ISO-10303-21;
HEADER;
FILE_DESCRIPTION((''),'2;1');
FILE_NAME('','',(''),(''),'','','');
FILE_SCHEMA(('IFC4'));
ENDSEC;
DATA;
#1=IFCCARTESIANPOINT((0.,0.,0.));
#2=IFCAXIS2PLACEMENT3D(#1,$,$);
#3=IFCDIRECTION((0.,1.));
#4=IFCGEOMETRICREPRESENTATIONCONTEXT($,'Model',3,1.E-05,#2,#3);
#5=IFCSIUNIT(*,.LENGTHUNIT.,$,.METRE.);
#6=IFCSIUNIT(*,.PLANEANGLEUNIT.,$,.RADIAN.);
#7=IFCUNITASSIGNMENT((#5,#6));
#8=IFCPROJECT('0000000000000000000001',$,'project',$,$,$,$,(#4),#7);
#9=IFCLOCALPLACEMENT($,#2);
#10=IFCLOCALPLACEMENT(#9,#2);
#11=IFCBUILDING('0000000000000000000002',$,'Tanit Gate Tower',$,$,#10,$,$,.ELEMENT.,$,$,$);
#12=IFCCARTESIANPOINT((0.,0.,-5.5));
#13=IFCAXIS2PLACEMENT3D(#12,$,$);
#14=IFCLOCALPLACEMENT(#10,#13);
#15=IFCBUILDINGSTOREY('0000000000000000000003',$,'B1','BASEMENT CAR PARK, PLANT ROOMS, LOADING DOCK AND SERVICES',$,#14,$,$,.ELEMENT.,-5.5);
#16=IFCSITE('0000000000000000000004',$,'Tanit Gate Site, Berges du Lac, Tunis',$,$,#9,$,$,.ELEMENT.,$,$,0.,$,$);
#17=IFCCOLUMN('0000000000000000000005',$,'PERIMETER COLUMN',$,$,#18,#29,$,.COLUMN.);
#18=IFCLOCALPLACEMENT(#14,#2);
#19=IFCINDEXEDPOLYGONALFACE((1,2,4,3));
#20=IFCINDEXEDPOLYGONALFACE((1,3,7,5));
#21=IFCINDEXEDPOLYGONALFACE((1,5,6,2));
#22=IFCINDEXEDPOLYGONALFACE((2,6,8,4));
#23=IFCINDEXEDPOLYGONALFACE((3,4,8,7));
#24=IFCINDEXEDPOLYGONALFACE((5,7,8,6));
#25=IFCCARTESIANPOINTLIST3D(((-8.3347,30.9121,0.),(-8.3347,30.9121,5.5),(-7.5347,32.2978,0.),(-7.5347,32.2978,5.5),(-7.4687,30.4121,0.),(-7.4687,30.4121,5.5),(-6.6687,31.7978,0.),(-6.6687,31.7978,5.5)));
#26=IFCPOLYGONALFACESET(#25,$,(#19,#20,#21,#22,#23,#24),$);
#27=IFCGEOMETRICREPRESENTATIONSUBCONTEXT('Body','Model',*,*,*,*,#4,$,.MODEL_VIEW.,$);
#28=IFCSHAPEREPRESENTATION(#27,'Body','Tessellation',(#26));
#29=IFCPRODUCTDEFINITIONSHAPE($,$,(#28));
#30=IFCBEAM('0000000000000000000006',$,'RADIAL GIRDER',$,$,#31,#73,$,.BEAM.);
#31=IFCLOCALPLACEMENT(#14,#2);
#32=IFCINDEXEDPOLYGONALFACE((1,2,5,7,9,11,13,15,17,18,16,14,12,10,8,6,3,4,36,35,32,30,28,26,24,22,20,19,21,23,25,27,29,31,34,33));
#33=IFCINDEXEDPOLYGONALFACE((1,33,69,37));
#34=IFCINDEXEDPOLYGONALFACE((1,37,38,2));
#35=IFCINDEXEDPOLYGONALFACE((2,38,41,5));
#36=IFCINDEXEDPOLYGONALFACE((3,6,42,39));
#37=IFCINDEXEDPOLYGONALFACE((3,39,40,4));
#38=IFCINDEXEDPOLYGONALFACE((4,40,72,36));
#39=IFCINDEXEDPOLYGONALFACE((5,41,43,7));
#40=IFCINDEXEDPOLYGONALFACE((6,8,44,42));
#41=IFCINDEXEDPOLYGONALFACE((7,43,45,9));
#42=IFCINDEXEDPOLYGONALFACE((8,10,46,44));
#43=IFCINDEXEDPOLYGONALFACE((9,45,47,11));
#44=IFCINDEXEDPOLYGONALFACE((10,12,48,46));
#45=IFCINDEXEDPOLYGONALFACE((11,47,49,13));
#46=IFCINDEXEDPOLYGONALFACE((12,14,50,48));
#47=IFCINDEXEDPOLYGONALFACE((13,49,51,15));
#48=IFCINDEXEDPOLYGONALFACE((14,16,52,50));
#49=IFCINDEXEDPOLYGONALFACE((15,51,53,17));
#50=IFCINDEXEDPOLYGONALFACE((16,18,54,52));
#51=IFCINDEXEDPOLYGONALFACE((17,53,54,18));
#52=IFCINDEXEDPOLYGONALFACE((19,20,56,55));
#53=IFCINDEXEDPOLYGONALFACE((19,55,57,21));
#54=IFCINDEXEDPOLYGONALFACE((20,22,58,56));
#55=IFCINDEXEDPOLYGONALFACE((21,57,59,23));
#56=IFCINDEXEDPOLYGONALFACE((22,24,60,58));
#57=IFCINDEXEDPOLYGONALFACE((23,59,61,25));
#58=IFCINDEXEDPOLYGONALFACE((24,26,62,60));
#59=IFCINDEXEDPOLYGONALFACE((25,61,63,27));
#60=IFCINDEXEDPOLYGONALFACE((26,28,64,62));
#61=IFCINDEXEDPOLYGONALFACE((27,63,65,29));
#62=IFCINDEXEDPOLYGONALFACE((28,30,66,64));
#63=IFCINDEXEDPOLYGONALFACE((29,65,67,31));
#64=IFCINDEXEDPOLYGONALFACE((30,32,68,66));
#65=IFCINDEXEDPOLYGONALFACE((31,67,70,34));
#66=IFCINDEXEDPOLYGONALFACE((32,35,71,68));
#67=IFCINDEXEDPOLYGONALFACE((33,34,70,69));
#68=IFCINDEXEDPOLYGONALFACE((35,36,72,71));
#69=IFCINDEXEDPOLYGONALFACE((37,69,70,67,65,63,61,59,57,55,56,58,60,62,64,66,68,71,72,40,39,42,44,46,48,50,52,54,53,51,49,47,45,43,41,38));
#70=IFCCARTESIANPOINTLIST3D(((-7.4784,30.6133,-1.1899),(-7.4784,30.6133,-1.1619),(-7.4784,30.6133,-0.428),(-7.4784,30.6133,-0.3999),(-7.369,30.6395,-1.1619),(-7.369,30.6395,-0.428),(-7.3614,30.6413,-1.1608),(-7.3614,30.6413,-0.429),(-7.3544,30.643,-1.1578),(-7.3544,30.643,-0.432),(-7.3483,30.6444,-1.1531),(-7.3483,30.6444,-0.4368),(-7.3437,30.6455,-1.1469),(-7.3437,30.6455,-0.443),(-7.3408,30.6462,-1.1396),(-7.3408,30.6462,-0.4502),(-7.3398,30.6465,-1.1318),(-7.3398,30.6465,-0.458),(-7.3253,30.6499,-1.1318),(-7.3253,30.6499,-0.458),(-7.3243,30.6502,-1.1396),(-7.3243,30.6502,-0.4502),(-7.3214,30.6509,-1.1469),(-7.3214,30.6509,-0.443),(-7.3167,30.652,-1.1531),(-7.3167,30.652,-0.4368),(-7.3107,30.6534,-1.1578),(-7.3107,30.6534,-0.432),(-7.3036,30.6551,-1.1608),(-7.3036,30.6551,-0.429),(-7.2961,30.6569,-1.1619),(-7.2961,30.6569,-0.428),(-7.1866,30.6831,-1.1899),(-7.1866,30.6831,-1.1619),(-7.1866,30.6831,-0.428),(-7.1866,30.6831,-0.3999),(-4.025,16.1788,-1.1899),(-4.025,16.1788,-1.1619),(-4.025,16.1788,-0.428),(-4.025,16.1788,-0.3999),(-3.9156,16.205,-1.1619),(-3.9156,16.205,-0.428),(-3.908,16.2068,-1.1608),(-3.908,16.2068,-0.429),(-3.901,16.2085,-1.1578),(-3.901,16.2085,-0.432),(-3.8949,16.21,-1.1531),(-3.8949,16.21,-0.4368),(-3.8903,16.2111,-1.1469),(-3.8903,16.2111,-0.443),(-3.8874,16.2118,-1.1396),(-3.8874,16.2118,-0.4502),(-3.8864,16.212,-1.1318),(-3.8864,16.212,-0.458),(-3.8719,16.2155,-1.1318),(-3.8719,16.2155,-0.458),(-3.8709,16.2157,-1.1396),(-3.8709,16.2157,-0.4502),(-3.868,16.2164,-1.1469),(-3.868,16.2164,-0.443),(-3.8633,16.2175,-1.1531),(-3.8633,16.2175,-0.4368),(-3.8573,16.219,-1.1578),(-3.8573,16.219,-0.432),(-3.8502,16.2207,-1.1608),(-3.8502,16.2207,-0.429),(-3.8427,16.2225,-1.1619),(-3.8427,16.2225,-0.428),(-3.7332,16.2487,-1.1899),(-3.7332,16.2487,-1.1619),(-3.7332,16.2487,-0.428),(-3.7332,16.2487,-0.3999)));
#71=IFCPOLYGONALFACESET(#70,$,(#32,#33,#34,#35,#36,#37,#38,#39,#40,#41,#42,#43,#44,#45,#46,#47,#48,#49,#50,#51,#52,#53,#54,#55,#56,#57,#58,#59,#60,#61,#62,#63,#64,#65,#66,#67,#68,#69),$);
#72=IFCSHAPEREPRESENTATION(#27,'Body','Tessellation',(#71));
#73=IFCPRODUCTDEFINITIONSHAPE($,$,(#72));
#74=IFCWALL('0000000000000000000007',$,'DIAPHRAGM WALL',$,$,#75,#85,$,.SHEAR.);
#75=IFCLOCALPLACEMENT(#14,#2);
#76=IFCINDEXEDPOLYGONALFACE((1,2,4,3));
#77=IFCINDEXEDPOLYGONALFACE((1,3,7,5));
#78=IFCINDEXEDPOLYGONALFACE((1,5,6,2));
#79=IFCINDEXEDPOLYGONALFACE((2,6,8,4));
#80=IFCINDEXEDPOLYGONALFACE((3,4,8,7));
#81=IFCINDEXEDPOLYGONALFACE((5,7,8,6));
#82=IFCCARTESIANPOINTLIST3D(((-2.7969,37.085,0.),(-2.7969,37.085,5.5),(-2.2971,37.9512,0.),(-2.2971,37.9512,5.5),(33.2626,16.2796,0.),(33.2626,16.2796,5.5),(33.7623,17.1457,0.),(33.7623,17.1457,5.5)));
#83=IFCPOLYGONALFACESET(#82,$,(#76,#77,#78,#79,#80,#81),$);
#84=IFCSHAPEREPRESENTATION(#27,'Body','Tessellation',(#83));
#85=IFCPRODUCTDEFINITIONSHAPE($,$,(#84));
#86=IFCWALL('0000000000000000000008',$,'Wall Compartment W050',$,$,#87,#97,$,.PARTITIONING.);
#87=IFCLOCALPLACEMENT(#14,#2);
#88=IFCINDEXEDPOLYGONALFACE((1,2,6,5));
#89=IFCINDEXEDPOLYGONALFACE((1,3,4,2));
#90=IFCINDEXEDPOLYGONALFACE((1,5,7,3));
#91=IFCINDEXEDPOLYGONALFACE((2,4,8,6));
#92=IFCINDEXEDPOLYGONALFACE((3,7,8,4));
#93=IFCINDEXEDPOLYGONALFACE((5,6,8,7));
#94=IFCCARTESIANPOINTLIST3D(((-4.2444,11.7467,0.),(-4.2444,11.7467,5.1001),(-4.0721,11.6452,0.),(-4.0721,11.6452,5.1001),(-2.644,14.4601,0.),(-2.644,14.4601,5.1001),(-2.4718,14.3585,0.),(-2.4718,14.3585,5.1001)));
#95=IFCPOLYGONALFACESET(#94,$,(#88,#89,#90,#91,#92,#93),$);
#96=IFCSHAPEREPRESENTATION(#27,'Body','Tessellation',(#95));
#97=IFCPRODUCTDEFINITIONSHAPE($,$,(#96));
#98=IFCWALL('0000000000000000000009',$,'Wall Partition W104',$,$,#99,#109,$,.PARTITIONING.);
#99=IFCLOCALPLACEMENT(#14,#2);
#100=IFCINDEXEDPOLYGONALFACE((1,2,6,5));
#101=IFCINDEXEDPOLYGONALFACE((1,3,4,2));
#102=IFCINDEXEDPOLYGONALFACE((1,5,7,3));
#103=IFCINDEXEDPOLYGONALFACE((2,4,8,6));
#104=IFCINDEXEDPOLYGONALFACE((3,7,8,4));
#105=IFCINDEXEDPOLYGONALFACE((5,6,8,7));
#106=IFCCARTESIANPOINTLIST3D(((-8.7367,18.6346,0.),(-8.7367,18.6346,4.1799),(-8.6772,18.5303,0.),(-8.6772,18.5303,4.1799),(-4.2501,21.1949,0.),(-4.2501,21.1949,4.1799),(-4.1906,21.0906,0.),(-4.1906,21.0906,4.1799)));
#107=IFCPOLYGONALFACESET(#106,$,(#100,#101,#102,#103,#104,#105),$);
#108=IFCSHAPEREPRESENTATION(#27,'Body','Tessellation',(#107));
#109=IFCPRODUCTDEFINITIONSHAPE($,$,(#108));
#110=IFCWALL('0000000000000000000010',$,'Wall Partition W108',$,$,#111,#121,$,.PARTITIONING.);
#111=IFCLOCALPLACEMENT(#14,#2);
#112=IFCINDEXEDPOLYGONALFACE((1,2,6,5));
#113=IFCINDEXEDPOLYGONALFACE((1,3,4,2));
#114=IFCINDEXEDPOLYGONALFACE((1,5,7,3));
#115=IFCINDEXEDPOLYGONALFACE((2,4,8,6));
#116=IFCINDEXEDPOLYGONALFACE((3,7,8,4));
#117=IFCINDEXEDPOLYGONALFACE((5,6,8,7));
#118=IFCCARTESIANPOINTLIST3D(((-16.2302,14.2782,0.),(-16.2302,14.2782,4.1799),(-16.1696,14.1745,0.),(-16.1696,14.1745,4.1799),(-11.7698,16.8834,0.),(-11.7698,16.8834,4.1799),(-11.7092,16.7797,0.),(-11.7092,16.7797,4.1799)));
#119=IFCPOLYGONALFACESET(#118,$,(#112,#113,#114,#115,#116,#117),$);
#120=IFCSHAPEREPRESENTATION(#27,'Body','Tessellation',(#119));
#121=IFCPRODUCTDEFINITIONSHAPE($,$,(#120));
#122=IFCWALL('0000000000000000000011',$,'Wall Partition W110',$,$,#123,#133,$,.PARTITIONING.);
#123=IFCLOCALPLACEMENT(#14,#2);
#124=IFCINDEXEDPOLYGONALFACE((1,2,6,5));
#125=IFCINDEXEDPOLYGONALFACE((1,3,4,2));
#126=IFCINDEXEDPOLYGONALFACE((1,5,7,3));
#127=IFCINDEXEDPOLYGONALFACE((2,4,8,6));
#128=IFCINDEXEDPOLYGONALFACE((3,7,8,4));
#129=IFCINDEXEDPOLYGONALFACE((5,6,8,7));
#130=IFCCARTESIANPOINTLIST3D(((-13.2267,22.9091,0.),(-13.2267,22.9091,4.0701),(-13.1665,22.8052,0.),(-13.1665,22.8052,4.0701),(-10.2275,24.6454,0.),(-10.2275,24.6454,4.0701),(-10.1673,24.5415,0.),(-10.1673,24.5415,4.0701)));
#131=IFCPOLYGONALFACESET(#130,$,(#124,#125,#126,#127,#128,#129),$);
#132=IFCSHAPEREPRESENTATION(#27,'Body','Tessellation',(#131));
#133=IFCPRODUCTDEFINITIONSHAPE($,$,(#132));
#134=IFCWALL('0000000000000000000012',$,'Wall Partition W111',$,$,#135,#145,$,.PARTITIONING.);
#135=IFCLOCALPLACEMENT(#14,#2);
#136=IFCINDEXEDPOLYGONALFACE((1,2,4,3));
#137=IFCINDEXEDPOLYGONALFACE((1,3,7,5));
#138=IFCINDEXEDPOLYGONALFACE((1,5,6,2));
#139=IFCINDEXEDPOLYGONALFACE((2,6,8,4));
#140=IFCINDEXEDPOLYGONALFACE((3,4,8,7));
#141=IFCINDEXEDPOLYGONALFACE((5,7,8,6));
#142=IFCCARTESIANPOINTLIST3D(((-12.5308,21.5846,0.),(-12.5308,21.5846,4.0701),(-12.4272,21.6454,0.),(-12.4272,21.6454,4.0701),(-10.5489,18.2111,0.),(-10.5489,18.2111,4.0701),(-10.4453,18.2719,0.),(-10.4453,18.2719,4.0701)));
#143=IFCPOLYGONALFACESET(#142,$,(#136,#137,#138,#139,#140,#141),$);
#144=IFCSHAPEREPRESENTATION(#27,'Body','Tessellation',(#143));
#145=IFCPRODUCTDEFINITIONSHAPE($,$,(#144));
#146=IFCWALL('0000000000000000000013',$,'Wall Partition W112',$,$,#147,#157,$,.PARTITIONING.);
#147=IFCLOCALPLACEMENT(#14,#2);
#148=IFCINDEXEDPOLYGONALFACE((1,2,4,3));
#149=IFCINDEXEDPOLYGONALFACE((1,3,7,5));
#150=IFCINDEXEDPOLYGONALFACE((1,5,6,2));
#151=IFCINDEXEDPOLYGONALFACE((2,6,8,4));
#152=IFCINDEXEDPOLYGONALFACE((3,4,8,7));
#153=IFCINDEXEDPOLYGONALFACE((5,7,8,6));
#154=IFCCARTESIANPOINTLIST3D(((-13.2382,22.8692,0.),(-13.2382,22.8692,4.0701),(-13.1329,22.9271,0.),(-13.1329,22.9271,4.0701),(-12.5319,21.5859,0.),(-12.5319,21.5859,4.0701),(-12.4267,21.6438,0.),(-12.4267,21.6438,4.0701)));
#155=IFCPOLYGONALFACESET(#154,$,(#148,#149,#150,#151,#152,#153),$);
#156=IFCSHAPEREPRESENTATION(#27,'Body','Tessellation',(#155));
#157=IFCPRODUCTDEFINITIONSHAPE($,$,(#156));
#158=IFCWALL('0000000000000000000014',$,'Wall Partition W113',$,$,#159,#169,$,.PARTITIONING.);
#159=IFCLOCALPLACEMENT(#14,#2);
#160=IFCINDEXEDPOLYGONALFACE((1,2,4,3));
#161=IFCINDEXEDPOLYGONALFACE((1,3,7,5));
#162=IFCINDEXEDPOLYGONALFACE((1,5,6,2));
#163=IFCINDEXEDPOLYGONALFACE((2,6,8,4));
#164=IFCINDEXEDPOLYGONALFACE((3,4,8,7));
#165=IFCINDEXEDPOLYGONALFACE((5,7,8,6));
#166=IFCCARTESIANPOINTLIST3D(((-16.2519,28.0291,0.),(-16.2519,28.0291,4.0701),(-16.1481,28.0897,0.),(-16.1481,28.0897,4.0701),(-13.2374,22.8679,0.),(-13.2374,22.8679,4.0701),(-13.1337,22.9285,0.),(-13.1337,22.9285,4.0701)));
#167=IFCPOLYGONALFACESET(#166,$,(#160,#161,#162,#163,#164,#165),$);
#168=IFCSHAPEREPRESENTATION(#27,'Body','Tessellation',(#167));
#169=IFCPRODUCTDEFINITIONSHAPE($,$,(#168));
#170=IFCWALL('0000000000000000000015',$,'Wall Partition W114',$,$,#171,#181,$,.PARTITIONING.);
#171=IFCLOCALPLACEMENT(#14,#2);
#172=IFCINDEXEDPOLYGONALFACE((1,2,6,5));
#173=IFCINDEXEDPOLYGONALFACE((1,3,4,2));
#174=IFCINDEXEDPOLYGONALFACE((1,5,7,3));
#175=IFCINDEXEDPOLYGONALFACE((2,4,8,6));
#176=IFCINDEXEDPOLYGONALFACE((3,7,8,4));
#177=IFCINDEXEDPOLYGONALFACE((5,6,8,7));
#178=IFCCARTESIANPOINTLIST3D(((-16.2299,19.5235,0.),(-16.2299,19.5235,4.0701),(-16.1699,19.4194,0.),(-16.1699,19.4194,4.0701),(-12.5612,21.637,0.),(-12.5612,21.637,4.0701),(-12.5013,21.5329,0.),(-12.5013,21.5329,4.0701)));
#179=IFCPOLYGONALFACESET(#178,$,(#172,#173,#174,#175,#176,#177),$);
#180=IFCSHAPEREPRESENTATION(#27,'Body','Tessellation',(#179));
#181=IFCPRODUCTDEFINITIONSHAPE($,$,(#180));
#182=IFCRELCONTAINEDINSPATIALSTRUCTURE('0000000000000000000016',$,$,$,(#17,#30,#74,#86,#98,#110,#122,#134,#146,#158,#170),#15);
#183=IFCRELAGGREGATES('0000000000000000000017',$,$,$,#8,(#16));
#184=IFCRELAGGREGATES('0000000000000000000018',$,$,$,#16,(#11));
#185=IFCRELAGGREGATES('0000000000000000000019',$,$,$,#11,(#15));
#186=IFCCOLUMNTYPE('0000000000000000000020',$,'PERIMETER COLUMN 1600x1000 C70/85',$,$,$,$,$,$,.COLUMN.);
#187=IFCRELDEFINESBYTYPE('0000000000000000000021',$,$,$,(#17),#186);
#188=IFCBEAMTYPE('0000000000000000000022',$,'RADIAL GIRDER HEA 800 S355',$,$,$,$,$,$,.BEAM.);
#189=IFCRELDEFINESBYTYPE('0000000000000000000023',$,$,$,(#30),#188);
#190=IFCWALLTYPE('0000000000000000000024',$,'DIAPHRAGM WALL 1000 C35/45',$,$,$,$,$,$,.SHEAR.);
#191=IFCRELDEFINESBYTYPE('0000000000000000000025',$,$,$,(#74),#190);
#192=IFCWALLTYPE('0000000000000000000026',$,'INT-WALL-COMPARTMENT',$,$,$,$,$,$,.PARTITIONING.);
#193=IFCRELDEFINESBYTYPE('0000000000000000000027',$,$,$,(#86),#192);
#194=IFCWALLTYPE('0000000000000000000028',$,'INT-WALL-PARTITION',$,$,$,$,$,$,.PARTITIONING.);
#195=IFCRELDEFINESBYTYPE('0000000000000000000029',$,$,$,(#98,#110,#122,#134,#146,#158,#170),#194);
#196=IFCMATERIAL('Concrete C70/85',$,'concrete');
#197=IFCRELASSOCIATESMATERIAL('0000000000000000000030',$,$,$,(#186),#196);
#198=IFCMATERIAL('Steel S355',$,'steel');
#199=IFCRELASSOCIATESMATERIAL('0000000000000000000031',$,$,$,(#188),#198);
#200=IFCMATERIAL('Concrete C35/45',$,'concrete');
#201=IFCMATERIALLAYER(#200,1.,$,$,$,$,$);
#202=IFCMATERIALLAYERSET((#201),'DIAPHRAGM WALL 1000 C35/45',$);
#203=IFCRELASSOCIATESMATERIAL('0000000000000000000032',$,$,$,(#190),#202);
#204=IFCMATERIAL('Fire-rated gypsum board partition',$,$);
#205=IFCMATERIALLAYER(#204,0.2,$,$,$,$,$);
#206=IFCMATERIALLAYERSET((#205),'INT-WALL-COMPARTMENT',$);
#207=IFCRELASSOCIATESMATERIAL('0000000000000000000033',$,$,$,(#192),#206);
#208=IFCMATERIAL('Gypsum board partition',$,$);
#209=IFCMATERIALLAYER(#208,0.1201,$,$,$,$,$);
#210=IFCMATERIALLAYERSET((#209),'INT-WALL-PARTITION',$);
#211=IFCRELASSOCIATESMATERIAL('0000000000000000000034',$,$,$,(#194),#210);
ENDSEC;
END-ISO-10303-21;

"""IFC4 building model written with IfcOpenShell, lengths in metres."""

from ifc_helpers import new_model, si_unit, direction, frame, frame_2d, origin, origin_2d, place, context, subcontext, project, spatial, rectangle, i_section, extrude, material, layer, layer_set, material_profile, profile_set, type_object, element, save


model = new_model("IFC4")

# Units and contexts
model_context = context("Model", 3, precision=1e-05, world=origin(), true_north=direction((0.0, 1.0)))
body_context = subcontext(model_context, "Body", "Model", "MODEL_VIEW")
ifc_project = project(units=[si_unit("LENGTHUNIT", "METRE"), si_unit("PLANEANGLEUNIT", "RADIAN")], contexts=[model_context])

# Site, building, storey
site_placement = place(None, origin())
site = spatial("IfcSite", under=ifc_project, at=site_placement, Name="Tanit Gate Site, Berges du Lac, Tunis", CompositionType="ELEMENT", RefElevation=0.0)
building_placement = place(site_placement, origin())
building = spatial("IfcBuilding", under=site, at=building_placement, Name="Tanit Gate Tower", CompositionType="ELEMENT")
storey_placement = place(building_placement, frame((0.0, 0.0, -5.5)))
storey = spatial("IfcBuildingStorey", under=building, at=storey_placement, Name="B1", Description="BASEMENT CAR PARK, PLANT ROOMS, LOADING DOCK AND SERVICES", CompositionType="ELEMENT", Elevation=-5.5)

# Column
ifc_material_1 = material(Name="Concrete C70/85", Category="concrete")
ifc_material_profile_1 = material_profile(ifc_material_1, rectangle(XDim=1.6001, YDim=1.0, at=origin_2d()), Name="RC 1600x1000")
ifc_profile_set_1 = profile_set([ifc_material_profile_1], Name="Concrete C70/85")
column_type = type_object("IfcColumnType", Name="PERIMETER COLUMN 1600x1000 C70/85", PredefinedType="COLUMN", material=ifc_profile_set_1)
column_placement = place(storey_placement, frame((-7.5017, 31.355, 0.0), z_axis=(0.0, 0.0, 1.0), x_axis=(0.5, 0.866025, 0.0)))
element("IfcColumn", 1, at=column_placement, inside=storey, type_object=column_type, Name="PERIMETER COLUMN", PredefinedType="COLUMN", context=body_context, shape_type="SweptSolid", body=[
    extrude(rectangle(XDim=1.6001, YDim=1.0, at=origin_2d()), origin(), (0.0, 0.0, 1.0), 5.5),
])

# Beam
ifc_material_2 = material(Name="Steel S355", Category="steel")
ifc_material_profile_2 = material_profile(ifc_material_2, i_section(OverallWidth=0.3, OverallDepth=0.79, WebThickness=0.0149, FlangeThickness=0.0281, FilletRadius=0.03, at=origin_2d()), Name="HEA 800")
ifc_profile_set_2 = profile_set([ifc_material_profile_2], Name="Steel S355")
beam_type = type_object("IfcBeamType", Name="RADIAL GIRDER HEA 800 S355", PredefinedType="BEAM", material=ifc_profile_set_2)
beam_placement = place(storey_placement, frame((-7.3325, 30.6482, -0.7949), z_axis=(0.23268, -0.972553, 0.0), x_axis=(0.972553, 0.23268, 0.0)))
element("IfcBeam", 2, at=beam_placement, inside=storey, type_object=beam_type, Name="RADIAL GIRDER", PredefinedType="BEAM", context=body_context, shape_type="SweptSolid", body=[
    extrude(i_section(OverallWidth=0.3, OverallDepth=0.79, WebThickness=0.0149, FlangeThickness=0.0281, FilletRadius=0.03, at=origin_2d()), origin(), (0.0, 0.0, 1.0), 14.8418),
])

# Walls
ifc_material_3 = material(Name="Concrete C35/45", Category="concrete")
ifc_layer_1 = layer(ifc_material_3, 1.0)
ifc_layer_set_1 = layer_set([ifc_layer_1], Name="DIAPHRAGM WALL 1000 C35/45")
wall_type_1 = type_object("IfcWallType", Name="DIAPHRAGM WALL 1000 C35/45", PredefinedType="SHEAR", material=ifc_layer_set_1)
wall_1_placement = place(storey_placement, frame((-2.5469, 37.5181, 0.0), z_axis=(0.0, 0.0, 1.0), x_axis=(0.866165, -0.499758, 0.0)))
element("IfcWall", 3, at=wall_1_placement, inside=storey, type_object=wall_type_1, Name="DIAPHRAGM WALL", PredefinedType="SHEAR", context=body_context, shape_type="SweptSolid", body=[
    extrude(rectangle(XDim=41.6311, YDim=1.0, at=frame_2d((20.8154, 0.0))), origin(), (0.0, 0.0, 1.0), 5.5),
])
ifc_material_4 = material(Name="Fire-rated gypsum board partition")
ifc_layer_2 = layer(ifc_material_4, 0.2)
ifc_layer_set_2 = layer_set([ifc_layer_2], Name="INT-WALL-COMPARTMENT")
wall_type_2 = type_object("IfcWallType", Name="INT-WALL-COMPARTMENT", PredefinedType="PARTITIONING", material=ifc_layer_set_2)
wall_2_placement = place(storey_placement, frame((-2.5579, 14.4094, 0.0), z_axis=(0.0, 0.0, 1.0), x_axis=(-0.508019, -0.861346, 0.0)))
element("IfcWall", 4, at=wall_2_placement, inside=storey, type_object=wall_type_2, Name="Wall Compartment W050", PredefinedType="PARTITIONING", context=body_context, shape_type="SweptSolid", body=[
    extrude(rectangle(XDim=3.1501, YDim=0.2, at=frame_2d((1.5752, 0.0))), origin(), (0.0, 0.0, 1.0), 5.1001),
])
ifc_material_5 = material(Name="Gypsum board partition")
ifc_layer_3 = layer(ifc_material_5, 0.1201)
ifc_layer_set_3 = layer_set([ifc_layer_3], Name="INT-WALL-PARTITION")
wall_type_3 = type_object("IfcWallType", Name="INT-WALL-PARTITION", PredefinedType="PARTITIONING", material=ifc_layer_set_3)
wall_3_placement = place(storey_placement, frame((-4.2202, 21.1428, 0.0), z_axis=(0.0, 0.0, 1.0), x_axis=(-0.868531, -0.495635, 0.0)))
element("IfcWall", 5, at=wall_3_placement, inside=storey, type_object=wall_type_3, Name="Wall Partition W104", PredefinedType="PARTITIONING", context=body_context, shape_type="SweptSolid", body=[
    extrude(rectangle(XDim=5.1658, YDim=0.1201, at=frame_2d((2.583, 0.0))), origin(), (0.0, 0.0, 1.0), 4.1799),
])
wall_4_placement = place(storey_placement, frame((-11.7395, 16.8315, 0.0), z_axis=(0.0, 0.0, 1.0), x_axis=(-0.863501, -0.504347, 0.0)))
element("IfcWall", 6, at=wall_4_placement, inside=storey, type_object=wall_type_3, Name="Wall Partition W108", PredefinedType="PARTITIONING", context=body_context, shape_type="SweptSolid", body=[
    extrude(rectangle(XDim=5.1655, YDim=0.1201, at=frame_2d((2.5828, 0.0))), origin(), (0.0, 0.0, 1.0), 4.1799),
])
wall_5_placement = place(storey_placement, frame((-10.1973, 24.5935, 0.0), z_axis=(0.0, 0.0, 1.0), x_axis=(-0.865438, -0.501017, 0.0)))
element("IfcWall", 7, at=wall_5_placement, inside=storey, type_object=wall_type_3, Name="Wall Partition W110", PredefinedType="PARTITIONING", context=body_context, shape_type="SweptSolid", body=[
    extrude(rectangle(XDim=3.4656, YDim=0.1201, at=frame_2d((1.7329, 0.0))), origin(), (0.0, 0.0, 1.0), 4.0701),
])
wall_6_placement = place(storey_placement, frame((-12.479, 21.615, 0.0), z_axis=(0.0, 0.0, 1.0), x_axis=(0.506546, -0.862213, 0.0)))
element("IfcWall", 8, at=wall_6_placement, inside=storey, type_object=wall_type_3, Name="Wall Partition W111", PredefinedType="PARTITIONING", context=body_context, shape_type="SweptSolid", body=[
    extrude(rectangle(XDim=3.9126, YDim=0.1201, at=frame_2d((1.9563, 0.0))), origin(), (0.0, 0.0, 1.0), 4.0701),
])
wall_7_placement = place(storey_placement, frame((-13.1855, 22.8982, 0.0), z_axis=(0.0, 0.0, 1.0), x_axis=(0.48213, -0.8761, 0.0)))
element("IfcWall", 9, at=wall_7_placement, inside=storey, type_object=wall_type_3, Name="Wall Partition W112", PredefinedType="PARTITIONING", context=body_context, shape_type="SweptSolid", body=[
    extrude(rectangle(XDim=1.4648, YDim=0.1201, at=frame_2d((0.7324, 0.0))), origin(), (0.0, 0.0, 1.0), 4.0701),
])
wall_8_placement = place(storey_placement, frame((-13.1855, 22.8982, 0.0), z_axis=(0.0, 0.0, 1.0), x_axis=(-0.504338, 0.863506, 0.0)))
element("IfcWall", 10, at=wall_8_placement, inside=storey, type_object=wall_type_3, Name="Wall Partition W113", PredefinedType="PARTITIONING", context=body_context, shape_type="SweptSolid", body=[
    extrude(rectangle(XDim=5.9771, YDim=0.1201, at=frame_2d((2.9885, 0.0))), origin(), (0.0, 0.0, 1.0), 4.0701),
])
wall_9_placement = place(storey_placement, frame((-12.5312, 21.585, 0.0), z_axis=(0.0, 0.0, 1.0), x_axis=(-0.866495, -0.499185, 0.0)))
element("IfcWall", 11, at=wall_9_placement, inside=storey, type_object=wall_type_3, Name="Wall Partition W114", PredefinedType="PARTITIONING", context=body_context, shape_type="SweptSolid", body=[
    extrude(rectangle(XDim=4.2339, YDim=0.1201, at=frame_2d((2.1169, 0.0))), origin(), (0.0, 0.0, 1.0), 4.0701),
])

save(model, "model.ifc")
